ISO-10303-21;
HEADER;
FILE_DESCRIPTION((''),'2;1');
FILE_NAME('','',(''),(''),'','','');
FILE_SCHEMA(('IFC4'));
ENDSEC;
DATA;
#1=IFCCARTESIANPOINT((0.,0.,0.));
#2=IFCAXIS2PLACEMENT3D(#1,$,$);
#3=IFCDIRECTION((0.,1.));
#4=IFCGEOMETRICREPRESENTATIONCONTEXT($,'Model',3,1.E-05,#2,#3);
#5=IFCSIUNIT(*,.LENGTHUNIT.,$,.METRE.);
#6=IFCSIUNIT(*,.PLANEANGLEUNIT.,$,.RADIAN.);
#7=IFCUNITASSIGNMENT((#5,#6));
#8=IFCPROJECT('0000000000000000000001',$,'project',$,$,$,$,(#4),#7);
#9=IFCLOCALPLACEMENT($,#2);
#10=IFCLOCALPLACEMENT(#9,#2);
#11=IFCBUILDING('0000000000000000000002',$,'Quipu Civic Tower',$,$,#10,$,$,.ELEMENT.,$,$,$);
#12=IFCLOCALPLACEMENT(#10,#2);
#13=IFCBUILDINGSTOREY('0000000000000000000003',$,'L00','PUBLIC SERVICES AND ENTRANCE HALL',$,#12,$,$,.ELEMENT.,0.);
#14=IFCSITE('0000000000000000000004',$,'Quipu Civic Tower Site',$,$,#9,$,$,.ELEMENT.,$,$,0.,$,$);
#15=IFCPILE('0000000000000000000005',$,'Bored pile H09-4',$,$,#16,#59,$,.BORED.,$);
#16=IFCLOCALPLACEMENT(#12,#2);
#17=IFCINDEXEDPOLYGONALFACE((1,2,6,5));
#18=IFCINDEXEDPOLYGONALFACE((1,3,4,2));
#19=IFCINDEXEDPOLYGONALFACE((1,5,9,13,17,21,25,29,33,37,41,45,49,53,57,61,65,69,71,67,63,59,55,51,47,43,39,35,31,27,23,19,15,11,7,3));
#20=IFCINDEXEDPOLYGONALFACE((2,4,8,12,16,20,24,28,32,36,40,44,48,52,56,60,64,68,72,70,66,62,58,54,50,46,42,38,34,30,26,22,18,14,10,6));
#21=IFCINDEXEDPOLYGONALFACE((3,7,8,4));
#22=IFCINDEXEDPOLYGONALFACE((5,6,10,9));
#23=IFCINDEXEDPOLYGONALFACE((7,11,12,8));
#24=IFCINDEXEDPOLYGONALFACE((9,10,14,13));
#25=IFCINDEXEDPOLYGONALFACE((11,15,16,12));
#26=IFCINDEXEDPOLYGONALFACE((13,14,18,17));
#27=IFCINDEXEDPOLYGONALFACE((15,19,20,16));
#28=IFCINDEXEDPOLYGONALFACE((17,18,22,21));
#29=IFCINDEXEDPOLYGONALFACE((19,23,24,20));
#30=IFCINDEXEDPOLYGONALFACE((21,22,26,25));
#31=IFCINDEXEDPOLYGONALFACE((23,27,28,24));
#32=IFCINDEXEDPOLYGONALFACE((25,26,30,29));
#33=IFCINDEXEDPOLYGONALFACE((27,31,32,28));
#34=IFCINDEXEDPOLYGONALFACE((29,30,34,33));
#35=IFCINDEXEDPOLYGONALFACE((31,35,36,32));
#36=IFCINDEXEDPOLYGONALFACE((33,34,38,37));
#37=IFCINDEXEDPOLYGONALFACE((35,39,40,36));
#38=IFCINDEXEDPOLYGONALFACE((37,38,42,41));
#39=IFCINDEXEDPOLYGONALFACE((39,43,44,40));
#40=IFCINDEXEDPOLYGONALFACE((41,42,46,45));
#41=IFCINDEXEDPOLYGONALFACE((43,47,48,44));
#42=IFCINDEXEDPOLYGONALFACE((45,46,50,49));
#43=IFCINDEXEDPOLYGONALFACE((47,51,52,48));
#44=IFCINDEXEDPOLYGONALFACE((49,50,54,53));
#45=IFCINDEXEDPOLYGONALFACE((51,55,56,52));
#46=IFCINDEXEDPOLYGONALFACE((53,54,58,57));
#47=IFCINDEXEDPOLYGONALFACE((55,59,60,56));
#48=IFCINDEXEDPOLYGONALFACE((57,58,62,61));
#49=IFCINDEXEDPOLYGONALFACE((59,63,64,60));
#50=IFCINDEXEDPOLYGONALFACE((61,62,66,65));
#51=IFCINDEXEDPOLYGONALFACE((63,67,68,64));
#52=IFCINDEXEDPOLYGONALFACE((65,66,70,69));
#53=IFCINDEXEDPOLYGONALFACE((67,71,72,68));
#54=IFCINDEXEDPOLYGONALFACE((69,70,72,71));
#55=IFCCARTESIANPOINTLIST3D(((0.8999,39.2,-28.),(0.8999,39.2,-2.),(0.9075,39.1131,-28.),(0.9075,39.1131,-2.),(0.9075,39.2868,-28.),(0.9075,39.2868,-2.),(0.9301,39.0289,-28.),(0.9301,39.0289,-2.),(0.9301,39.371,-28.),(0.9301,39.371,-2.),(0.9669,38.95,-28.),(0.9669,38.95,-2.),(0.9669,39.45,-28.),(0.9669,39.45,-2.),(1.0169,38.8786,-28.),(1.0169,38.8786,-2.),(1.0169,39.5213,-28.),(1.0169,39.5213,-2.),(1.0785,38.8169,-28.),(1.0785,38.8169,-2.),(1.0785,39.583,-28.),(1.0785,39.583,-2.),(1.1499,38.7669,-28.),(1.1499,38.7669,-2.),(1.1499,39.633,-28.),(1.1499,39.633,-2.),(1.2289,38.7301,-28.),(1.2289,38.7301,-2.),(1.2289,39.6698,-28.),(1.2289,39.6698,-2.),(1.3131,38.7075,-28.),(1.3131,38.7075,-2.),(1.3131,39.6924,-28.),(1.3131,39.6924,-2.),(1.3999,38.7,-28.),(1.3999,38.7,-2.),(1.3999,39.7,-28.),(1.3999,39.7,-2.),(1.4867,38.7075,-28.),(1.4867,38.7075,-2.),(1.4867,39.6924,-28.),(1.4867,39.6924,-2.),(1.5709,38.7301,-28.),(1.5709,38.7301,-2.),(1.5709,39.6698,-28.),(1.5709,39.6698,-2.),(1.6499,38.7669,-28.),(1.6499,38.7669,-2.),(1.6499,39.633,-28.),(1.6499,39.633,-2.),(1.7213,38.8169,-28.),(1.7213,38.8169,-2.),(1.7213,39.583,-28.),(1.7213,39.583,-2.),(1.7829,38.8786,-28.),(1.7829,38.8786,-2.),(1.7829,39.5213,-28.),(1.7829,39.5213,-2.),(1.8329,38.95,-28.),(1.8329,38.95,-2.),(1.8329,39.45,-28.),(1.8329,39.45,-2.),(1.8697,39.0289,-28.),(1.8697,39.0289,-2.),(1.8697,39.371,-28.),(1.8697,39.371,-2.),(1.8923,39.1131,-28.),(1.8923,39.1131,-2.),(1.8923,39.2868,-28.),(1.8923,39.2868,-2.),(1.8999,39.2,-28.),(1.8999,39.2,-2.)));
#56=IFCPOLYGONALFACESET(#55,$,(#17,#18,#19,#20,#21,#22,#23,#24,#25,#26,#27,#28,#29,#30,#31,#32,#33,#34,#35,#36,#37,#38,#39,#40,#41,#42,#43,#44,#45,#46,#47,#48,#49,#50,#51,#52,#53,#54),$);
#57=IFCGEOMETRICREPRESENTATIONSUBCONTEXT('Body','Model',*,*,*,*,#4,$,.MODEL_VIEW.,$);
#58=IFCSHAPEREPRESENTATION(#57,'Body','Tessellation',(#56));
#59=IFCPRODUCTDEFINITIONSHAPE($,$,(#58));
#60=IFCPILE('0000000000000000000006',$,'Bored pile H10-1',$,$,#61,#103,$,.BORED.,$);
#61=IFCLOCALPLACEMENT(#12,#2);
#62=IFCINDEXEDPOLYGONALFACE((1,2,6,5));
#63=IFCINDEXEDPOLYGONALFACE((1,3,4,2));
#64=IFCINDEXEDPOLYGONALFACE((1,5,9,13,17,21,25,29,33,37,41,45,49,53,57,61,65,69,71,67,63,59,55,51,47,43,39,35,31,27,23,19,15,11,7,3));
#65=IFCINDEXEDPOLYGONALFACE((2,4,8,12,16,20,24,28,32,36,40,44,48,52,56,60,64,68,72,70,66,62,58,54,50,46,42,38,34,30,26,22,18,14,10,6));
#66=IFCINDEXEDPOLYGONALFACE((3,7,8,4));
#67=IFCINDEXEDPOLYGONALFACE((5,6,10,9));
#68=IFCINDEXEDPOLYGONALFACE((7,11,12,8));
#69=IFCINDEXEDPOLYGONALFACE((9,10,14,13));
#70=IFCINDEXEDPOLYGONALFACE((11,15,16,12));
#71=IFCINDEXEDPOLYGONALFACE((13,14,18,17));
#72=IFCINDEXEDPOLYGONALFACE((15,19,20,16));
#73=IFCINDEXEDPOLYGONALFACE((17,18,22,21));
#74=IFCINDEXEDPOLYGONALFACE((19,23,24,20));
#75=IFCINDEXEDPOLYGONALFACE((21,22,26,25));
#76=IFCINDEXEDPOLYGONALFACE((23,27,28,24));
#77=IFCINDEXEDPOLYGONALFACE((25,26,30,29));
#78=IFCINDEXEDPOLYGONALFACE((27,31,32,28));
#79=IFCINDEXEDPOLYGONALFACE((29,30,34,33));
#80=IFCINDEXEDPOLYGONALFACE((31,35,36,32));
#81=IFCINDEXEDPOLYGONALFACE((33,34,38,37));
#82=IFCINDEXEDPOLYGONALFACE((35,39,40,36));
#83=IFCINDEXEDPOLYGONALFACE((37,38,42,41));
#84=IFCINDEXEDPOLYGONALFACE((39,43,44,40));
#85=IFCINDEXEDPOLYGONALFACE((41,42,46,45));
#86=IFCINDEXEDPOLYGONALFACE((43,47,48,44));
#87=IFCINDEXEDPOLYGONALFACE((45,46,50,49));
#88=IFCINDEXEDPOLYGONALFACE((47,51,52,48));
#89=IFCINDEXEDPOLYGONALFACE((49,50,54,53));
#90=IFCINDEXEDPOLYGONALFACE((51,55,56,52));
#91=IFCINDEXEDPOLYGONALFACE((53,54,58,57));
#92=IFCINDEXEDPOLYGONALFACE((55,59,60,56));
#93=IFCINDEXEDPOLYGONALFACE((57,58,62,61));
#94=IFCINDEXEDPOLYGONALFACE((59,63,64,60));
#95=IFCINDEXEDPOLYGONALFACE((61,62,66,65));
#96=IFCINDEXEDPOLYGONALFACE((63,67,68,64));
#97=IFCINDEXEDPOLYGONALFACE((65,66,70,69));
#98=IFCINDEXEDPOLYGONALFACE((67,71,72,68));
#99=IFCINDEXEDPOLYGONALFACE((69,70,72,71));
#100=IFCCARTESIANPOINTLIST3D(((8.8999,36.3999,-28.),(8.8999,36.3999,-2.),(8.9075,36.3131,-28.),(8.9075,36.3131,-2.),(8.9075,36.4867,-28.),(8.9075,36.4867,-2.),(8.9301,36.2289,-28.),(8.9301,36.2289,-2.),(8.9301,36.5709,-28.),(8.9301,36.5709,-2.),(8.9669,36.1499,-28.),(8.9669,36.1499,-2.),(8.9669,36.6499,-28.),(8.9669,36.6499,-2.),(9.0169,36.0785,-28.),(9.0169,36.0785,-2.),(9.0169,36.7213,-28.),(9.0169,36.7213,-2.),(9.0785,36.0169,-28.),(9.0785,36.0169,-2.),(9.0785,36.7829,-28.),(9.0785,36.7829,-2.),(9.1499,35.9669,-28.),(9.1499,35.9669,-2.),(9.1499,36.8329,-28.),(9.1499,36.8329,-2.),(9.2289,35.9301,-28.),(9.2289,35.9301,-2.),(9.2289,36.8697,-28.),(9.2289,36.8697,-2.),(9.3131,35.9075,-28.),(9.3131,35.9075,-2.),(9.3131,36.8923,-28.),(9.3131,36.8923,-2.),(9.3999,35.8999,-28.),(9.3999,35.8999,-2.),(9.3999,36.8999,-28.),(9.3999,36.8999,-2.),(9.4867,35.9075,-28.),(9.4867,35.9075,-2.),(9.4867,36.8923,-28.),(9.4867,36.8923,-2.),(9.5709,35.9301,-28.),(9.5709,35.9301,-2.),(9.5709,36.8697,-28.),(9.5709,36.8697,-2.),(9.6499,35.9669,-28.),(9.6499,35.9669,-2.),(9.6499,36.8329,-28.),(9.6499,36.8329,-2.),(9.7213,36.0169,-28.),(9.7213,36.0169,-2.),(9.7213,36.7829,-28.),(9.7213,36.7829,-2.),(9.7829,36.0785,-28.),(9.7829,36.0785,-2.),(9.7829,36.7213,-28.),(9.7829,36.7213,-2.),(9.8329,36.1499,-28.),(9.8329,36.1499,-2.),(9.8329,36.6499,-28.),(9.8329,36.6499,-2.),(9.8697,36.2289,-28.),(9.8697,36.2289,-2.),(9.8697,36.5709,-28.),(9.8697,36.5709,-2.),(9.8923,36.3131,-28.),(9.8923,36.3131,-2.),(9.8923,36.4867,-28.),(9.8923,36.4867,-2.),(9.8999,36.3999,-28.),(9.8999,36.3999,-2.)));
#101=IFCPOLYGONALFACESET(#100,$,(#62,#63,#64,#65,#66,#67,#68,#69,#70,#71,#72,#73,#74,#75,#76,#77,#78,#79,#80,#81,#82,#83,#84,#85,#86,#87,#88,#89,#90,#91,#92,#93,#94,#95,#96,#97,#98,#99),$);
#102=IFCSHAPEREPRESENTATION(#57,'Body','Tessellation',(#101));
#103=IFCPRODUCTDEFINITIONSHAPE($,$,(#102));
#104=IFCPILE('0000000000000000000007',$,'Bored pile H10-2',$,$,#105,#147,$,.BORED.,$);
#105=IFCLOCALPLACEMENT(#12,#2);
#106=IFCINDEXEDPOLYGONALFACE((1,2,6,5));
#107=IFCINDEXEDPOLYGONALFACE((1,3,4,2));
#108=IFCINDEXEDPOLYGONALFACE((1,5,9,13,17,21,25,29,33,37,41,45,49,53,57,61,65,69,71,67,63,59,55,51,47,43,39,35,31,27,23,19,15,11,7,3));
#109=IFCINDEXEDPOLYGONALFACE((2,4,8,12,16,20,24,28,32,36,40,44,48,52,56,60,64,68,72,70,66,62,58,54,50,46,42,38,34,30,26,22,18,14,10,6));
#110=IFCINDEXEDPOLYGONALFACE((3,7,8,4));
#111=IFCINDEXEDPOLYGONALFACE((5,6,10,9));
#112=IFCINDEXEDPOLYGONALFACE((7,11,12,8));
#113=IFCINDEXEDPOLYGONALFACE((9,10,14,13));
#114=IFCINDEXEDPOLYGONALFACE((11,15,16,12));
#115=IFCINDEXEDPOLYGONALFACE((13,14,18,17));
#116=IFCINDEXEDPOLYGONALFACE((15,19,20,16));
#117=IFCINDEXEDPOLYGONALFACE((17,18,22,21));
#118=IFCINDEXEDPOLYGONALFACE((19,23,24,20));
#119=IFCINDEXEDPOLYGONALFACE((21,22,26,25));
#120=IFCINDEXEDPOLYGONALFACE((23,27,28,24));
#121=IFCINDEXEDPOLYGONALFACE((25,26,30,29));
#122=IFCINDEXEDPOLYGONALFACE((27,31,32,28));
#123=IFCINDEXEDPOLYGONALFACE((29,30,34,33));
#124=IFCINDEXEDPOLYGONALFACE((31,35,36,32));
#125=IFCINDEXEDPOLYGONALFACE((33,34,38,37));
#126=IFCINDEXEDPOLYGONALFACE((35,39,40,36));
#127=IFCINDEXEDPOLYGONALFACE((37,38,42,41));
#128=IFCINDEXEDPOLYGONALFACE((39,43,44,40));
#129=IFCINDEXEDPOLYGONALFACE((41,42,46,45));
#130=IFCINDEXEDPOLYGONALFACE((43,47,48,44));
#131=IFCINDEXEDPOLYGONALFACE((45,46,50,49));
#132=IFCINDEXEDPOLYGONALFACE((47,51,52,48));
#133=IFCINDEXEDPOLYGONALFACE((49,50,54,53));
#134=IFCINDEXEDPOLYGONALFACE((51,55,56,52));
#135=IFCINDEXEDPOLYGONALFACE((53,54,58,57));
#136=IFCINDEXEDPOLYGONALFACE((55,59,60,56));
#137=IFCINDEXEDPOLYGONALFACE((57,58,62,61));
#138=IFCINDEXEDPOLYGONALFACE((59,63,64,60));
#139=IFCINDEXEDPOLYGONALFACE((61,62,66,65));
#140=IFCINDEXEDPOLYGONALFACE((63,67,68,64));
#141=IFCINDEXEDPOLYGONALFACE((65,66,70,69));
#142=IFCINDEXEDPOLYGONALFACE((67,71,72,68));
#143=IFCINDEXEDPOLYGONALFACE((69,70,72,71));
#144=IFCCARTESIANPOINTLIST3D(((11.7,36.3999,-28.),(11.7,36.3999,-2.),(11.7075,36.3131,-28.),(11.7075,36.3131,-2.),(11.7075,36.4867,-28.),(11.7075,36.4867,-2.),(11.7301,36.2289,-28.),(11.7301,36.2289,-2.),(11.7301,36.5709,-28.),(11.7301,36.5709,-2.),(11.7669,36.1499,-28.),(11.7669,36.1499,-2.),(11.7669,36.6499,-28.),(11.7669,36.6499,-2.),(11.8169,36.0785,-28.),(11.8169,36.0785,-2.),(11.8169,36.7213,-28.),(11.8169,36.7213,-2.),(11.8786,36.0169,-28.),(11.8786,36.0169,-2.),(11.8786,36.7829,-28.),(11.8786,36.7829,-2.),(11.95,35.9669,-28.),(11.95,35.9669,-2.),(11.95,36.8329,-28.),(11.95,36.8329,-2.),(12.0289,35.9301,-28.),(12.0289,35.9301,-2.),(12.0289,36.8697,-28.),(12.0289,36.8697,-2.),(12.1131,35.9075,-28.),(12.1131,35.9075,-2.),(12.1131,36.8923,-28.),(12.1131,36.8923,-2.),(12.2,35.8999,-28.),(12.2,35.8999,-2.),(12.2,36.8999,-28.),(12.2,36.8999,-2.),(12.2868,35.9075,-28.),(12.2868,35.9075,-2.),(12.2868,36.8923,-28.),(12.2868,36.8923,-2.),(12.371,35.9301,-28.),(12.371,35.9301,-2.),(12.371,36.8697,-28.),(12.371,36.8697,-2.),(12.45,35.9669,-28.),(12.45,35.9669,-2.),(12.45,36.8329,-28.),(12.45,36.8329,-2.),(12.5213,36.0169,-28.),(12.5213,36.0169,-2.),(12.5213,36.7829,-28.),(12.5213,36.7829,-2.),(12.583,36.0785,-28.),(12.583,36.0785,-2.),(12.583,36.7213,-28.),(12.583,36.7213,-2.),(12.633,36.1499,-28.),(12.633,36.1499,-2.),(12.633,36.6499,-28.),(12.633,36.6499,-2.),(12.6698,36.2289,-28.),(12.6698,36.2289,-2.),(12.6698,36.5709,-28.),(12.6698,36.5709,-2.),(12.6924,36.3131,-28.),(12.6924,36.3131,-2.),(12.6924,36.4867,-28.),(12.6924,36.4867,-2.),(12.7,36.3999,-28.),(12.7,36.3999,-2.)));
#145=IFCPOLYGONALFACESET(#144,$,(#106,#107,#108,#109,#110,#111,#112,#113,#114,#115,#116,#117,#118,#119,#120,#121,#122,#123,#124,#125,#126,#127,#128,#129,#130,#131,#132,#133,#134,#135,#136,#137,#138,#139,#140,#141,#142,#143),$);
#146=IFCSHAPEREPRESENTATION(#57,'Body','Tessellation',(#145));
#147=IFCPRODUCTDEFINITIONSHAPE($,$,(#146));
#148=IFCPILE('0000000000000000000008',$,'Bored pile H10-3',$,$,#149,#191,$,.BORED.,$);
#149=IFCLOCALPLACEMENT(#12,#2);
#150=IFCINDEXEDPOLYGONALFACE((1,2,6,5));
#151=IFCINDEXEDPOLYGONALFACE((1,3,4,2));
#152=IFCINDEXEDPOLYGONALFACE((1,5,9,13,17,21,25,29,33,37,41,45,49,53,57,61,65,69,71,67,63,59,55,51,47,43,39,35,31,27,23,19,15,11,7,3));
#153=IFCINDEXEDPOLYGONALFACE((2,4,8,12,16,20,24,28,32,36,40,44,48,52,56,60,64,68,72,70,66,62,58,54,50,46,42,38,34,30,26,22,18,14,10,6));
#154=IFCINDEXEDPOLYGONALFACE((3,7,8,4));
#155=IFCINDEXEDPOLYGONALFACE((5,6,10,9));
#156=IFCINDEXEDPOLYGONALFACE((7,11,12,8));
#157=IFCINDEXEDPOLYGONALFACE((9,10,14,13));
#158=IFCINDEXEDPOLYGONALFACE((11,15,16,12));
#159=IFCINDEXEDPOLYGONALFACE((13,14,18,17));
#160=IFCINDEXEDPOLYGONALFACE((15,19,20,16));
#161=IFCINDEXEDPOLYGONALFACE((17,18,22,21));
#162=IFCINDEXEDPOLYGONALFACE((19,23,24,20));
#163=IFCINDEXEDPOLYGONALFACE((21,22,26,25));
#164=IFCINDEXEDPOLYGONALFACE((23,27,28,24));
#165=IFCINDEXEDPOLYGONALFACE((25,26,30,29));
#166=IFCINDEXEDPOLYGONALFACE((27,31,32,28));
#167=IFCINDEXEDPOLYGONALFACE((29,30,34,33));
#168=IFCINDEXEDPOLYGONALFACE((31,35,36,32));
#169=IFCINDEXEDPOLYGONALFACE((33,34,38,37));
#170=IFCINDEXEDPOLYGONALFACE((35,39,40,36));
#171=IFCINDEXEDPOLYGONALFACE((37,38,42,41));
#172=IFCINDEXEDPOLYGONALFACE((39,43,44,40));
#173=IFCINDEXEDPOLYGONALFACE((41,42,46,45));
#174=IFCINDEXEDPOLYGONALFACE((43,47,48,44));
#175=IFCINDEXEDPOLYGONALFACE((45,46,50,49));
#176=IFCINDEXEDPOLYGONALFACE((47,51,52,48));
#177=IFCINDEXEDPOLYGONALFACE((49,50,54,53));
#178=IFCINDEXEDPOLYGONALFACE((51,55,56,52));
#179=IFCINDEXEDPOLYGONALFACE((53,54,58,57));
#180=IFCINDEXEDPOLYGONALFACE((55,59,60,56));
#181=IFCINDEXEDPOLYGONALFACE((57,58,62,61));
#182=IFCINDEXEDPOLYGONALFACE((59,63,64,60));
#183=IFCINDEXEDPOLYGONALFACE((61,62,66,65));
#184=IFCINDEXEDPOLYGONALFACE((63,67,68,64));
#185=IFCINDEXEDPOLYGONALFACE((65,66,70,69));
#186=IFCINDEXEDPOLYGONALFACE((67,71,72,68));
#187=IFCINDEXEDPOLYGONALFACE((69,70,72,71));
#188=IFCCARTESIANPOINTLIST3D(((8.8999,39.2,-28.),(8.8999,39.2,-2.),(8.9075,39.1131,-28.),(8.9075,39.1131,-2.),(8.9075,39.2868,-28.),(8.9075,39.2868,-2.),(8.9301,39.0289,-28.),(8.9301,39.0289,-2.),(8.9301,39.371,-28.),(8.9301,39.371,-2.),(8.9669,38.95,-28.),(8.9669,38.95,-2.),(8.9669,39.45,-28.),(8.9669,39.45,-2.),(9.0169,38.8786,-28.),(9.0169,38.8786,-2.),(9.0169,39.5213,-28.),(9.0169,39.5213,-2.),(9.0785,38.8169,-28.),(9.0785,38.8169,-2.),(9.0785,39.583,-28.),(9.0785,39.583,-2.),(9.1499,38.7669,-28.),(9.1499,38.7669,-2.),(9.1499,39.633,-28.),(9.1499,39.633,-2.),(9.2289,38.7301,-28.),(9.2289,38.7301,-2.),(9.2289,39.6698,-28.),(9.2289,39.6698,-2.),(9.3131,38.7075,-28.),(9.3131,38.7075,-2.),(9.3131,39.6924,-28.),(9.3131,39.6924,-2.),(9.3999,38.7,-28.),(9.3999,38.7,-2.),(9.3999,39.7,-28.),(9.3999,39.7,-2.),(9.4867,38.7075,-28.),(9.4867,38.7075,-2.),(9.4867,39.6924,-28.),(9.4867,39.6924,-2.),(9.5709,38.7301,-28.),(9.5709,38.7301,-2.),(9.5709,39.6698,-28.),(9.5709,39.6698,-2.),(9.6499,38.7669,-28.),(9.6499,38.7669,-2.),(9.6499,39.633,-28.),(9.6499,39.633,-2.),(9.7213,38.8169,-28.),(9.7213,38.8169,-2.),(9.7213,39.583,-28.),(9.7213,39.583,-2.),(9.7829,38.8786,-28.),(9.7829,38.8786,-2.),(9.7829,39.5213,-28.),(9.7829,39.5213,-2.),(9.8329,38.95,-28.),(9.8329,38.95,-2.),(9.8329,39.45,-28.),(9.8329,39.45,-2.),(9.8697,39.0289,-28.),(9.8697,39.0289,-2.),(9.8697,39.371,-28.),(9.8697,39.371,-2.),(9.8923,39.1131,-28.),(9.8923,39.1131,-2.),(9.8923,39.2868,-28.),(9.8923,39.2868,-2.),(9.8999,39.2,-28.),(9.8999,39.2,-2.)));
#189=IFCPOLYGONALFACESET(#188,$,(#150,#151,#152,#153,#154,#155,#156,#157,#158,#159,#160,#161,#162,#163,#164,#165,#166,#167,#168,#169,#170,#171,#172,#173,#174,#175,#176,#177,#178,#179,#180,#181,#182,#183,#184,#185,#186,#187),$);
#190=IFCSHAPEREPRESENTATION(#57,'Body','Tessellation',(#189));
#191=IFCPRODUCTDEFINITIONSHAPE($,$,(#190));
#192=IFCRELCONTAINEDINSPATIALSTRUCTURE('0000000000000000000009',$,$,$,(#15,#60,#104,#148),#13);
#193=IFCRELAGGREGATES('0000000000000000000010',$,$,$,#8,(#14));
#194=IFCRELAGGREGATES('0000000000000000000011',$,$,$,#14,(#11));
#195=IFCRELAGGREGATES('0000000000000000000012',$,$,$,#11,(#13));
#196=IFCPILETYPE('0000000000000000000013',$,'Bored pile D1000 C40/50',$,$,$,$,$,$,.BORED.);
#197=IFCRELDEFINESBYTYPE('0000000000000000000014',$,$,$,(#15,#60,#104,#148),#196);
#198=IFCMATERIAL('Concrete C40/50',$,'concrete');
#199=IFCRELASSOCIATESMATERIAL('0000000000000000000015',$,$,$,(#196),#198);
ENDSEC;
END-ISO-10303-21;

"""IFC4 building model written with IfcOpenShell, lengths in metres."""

from ifc_helpers import new_model, si_unit, direction, frame, origin, origin_2d, place, context, subcontext, project, spatial, circle, extrude, material, material_profile, profile_set, type_object, element, save


model = new_model("IFC4")

# Units and contexts
model_context = context("Model", 3, precision=1e-05, world=origin(), true_north=direction((0.0, 1.0)))
body_context = subcontext(model_context, "Body", "Model", "MODEL_VIEW")
ifc_project = project(units=[si_unit("LENGTHUNIT", "METRE"), si_unit("PLANEANGLEUNIT", "RADIAN")], contexts=[model_context])

# Site, building, storey
site_placement = place(None, origin())
site = spatial("IfcSite", under=ifc_project, at=site_placement, Name="Quipu Civic Tower Site", CompositionType="ELEMENT", RefElevation=0.0)
building_placement = place(site_placement, origin())
building = spatial("IfcBuilding", under=site, at=building_placement, Name="Quipu Civic Tower", CompositionType="ELEMENT")
storey_placement = place(building_placement, origin())
storey = spatial("IfcBuildingStorey", under=building, at=storey_placement, Name="L00", Description="PUBLIC SERVICES AND ENTRANCE HALL", CompositionType="ELEMENT", Elevation=0.0)

# Piles
ifc_material_1 = material(Name="Concrete C40/50", Category="concrete")
ifc_material_profile_1 = material_profile(ifc_material_1, circle(Radius=0.5, at=origin_2d()), Name="RCD1000")
ifc_profile_set_1 = profile_set([ifc_material_profile_1], Name="Concrete C40/50")
pile_type = type_object("IfcPileType", Name="Bored pile D1000 C40/50", PredefinedType="BORED", material=ifc_profile_set_1)
for number, where, z_axis, x_axis, name in (
    (1, (1.3999, 39.2, -2.0), (0.0, 0.0, -1.0), (1.0, 0.0, 0.0), "Bored pile H09-4"),
    (2, (9.3999, 36.3999, -2.0), (0.0, 0.0, -1.0), (1.0, 0.0, 0.0), "Bored pile H10-1"),
    (3, (12.2, 36.3999, -2.0), (0.0, 0.0, -1.0), (1.0, 0.0, 0.0), "Bored pile H10-2"),
    (4, (9.3999, 39.2, -2.0), (0.0, 0.0, -1.0), (1.0, 0.0, 0.0), "Bored pile H10-3"),
):
    element("IfcPile", number, at=place(storey_placement, frame(where, z_axis=z_axis, x_axis=x_axis)), inside=storey, type_object=pile_type, Name=name, PredefinedType="BORED", context=body_context, shape_type="SweptSolid", body=[
        extrude(circle(Radius=0.5, at=origin_2d()), origin(), (0.0, 0.0, 1.0), 26.0),
    ])

save(model, "model.ifc")
